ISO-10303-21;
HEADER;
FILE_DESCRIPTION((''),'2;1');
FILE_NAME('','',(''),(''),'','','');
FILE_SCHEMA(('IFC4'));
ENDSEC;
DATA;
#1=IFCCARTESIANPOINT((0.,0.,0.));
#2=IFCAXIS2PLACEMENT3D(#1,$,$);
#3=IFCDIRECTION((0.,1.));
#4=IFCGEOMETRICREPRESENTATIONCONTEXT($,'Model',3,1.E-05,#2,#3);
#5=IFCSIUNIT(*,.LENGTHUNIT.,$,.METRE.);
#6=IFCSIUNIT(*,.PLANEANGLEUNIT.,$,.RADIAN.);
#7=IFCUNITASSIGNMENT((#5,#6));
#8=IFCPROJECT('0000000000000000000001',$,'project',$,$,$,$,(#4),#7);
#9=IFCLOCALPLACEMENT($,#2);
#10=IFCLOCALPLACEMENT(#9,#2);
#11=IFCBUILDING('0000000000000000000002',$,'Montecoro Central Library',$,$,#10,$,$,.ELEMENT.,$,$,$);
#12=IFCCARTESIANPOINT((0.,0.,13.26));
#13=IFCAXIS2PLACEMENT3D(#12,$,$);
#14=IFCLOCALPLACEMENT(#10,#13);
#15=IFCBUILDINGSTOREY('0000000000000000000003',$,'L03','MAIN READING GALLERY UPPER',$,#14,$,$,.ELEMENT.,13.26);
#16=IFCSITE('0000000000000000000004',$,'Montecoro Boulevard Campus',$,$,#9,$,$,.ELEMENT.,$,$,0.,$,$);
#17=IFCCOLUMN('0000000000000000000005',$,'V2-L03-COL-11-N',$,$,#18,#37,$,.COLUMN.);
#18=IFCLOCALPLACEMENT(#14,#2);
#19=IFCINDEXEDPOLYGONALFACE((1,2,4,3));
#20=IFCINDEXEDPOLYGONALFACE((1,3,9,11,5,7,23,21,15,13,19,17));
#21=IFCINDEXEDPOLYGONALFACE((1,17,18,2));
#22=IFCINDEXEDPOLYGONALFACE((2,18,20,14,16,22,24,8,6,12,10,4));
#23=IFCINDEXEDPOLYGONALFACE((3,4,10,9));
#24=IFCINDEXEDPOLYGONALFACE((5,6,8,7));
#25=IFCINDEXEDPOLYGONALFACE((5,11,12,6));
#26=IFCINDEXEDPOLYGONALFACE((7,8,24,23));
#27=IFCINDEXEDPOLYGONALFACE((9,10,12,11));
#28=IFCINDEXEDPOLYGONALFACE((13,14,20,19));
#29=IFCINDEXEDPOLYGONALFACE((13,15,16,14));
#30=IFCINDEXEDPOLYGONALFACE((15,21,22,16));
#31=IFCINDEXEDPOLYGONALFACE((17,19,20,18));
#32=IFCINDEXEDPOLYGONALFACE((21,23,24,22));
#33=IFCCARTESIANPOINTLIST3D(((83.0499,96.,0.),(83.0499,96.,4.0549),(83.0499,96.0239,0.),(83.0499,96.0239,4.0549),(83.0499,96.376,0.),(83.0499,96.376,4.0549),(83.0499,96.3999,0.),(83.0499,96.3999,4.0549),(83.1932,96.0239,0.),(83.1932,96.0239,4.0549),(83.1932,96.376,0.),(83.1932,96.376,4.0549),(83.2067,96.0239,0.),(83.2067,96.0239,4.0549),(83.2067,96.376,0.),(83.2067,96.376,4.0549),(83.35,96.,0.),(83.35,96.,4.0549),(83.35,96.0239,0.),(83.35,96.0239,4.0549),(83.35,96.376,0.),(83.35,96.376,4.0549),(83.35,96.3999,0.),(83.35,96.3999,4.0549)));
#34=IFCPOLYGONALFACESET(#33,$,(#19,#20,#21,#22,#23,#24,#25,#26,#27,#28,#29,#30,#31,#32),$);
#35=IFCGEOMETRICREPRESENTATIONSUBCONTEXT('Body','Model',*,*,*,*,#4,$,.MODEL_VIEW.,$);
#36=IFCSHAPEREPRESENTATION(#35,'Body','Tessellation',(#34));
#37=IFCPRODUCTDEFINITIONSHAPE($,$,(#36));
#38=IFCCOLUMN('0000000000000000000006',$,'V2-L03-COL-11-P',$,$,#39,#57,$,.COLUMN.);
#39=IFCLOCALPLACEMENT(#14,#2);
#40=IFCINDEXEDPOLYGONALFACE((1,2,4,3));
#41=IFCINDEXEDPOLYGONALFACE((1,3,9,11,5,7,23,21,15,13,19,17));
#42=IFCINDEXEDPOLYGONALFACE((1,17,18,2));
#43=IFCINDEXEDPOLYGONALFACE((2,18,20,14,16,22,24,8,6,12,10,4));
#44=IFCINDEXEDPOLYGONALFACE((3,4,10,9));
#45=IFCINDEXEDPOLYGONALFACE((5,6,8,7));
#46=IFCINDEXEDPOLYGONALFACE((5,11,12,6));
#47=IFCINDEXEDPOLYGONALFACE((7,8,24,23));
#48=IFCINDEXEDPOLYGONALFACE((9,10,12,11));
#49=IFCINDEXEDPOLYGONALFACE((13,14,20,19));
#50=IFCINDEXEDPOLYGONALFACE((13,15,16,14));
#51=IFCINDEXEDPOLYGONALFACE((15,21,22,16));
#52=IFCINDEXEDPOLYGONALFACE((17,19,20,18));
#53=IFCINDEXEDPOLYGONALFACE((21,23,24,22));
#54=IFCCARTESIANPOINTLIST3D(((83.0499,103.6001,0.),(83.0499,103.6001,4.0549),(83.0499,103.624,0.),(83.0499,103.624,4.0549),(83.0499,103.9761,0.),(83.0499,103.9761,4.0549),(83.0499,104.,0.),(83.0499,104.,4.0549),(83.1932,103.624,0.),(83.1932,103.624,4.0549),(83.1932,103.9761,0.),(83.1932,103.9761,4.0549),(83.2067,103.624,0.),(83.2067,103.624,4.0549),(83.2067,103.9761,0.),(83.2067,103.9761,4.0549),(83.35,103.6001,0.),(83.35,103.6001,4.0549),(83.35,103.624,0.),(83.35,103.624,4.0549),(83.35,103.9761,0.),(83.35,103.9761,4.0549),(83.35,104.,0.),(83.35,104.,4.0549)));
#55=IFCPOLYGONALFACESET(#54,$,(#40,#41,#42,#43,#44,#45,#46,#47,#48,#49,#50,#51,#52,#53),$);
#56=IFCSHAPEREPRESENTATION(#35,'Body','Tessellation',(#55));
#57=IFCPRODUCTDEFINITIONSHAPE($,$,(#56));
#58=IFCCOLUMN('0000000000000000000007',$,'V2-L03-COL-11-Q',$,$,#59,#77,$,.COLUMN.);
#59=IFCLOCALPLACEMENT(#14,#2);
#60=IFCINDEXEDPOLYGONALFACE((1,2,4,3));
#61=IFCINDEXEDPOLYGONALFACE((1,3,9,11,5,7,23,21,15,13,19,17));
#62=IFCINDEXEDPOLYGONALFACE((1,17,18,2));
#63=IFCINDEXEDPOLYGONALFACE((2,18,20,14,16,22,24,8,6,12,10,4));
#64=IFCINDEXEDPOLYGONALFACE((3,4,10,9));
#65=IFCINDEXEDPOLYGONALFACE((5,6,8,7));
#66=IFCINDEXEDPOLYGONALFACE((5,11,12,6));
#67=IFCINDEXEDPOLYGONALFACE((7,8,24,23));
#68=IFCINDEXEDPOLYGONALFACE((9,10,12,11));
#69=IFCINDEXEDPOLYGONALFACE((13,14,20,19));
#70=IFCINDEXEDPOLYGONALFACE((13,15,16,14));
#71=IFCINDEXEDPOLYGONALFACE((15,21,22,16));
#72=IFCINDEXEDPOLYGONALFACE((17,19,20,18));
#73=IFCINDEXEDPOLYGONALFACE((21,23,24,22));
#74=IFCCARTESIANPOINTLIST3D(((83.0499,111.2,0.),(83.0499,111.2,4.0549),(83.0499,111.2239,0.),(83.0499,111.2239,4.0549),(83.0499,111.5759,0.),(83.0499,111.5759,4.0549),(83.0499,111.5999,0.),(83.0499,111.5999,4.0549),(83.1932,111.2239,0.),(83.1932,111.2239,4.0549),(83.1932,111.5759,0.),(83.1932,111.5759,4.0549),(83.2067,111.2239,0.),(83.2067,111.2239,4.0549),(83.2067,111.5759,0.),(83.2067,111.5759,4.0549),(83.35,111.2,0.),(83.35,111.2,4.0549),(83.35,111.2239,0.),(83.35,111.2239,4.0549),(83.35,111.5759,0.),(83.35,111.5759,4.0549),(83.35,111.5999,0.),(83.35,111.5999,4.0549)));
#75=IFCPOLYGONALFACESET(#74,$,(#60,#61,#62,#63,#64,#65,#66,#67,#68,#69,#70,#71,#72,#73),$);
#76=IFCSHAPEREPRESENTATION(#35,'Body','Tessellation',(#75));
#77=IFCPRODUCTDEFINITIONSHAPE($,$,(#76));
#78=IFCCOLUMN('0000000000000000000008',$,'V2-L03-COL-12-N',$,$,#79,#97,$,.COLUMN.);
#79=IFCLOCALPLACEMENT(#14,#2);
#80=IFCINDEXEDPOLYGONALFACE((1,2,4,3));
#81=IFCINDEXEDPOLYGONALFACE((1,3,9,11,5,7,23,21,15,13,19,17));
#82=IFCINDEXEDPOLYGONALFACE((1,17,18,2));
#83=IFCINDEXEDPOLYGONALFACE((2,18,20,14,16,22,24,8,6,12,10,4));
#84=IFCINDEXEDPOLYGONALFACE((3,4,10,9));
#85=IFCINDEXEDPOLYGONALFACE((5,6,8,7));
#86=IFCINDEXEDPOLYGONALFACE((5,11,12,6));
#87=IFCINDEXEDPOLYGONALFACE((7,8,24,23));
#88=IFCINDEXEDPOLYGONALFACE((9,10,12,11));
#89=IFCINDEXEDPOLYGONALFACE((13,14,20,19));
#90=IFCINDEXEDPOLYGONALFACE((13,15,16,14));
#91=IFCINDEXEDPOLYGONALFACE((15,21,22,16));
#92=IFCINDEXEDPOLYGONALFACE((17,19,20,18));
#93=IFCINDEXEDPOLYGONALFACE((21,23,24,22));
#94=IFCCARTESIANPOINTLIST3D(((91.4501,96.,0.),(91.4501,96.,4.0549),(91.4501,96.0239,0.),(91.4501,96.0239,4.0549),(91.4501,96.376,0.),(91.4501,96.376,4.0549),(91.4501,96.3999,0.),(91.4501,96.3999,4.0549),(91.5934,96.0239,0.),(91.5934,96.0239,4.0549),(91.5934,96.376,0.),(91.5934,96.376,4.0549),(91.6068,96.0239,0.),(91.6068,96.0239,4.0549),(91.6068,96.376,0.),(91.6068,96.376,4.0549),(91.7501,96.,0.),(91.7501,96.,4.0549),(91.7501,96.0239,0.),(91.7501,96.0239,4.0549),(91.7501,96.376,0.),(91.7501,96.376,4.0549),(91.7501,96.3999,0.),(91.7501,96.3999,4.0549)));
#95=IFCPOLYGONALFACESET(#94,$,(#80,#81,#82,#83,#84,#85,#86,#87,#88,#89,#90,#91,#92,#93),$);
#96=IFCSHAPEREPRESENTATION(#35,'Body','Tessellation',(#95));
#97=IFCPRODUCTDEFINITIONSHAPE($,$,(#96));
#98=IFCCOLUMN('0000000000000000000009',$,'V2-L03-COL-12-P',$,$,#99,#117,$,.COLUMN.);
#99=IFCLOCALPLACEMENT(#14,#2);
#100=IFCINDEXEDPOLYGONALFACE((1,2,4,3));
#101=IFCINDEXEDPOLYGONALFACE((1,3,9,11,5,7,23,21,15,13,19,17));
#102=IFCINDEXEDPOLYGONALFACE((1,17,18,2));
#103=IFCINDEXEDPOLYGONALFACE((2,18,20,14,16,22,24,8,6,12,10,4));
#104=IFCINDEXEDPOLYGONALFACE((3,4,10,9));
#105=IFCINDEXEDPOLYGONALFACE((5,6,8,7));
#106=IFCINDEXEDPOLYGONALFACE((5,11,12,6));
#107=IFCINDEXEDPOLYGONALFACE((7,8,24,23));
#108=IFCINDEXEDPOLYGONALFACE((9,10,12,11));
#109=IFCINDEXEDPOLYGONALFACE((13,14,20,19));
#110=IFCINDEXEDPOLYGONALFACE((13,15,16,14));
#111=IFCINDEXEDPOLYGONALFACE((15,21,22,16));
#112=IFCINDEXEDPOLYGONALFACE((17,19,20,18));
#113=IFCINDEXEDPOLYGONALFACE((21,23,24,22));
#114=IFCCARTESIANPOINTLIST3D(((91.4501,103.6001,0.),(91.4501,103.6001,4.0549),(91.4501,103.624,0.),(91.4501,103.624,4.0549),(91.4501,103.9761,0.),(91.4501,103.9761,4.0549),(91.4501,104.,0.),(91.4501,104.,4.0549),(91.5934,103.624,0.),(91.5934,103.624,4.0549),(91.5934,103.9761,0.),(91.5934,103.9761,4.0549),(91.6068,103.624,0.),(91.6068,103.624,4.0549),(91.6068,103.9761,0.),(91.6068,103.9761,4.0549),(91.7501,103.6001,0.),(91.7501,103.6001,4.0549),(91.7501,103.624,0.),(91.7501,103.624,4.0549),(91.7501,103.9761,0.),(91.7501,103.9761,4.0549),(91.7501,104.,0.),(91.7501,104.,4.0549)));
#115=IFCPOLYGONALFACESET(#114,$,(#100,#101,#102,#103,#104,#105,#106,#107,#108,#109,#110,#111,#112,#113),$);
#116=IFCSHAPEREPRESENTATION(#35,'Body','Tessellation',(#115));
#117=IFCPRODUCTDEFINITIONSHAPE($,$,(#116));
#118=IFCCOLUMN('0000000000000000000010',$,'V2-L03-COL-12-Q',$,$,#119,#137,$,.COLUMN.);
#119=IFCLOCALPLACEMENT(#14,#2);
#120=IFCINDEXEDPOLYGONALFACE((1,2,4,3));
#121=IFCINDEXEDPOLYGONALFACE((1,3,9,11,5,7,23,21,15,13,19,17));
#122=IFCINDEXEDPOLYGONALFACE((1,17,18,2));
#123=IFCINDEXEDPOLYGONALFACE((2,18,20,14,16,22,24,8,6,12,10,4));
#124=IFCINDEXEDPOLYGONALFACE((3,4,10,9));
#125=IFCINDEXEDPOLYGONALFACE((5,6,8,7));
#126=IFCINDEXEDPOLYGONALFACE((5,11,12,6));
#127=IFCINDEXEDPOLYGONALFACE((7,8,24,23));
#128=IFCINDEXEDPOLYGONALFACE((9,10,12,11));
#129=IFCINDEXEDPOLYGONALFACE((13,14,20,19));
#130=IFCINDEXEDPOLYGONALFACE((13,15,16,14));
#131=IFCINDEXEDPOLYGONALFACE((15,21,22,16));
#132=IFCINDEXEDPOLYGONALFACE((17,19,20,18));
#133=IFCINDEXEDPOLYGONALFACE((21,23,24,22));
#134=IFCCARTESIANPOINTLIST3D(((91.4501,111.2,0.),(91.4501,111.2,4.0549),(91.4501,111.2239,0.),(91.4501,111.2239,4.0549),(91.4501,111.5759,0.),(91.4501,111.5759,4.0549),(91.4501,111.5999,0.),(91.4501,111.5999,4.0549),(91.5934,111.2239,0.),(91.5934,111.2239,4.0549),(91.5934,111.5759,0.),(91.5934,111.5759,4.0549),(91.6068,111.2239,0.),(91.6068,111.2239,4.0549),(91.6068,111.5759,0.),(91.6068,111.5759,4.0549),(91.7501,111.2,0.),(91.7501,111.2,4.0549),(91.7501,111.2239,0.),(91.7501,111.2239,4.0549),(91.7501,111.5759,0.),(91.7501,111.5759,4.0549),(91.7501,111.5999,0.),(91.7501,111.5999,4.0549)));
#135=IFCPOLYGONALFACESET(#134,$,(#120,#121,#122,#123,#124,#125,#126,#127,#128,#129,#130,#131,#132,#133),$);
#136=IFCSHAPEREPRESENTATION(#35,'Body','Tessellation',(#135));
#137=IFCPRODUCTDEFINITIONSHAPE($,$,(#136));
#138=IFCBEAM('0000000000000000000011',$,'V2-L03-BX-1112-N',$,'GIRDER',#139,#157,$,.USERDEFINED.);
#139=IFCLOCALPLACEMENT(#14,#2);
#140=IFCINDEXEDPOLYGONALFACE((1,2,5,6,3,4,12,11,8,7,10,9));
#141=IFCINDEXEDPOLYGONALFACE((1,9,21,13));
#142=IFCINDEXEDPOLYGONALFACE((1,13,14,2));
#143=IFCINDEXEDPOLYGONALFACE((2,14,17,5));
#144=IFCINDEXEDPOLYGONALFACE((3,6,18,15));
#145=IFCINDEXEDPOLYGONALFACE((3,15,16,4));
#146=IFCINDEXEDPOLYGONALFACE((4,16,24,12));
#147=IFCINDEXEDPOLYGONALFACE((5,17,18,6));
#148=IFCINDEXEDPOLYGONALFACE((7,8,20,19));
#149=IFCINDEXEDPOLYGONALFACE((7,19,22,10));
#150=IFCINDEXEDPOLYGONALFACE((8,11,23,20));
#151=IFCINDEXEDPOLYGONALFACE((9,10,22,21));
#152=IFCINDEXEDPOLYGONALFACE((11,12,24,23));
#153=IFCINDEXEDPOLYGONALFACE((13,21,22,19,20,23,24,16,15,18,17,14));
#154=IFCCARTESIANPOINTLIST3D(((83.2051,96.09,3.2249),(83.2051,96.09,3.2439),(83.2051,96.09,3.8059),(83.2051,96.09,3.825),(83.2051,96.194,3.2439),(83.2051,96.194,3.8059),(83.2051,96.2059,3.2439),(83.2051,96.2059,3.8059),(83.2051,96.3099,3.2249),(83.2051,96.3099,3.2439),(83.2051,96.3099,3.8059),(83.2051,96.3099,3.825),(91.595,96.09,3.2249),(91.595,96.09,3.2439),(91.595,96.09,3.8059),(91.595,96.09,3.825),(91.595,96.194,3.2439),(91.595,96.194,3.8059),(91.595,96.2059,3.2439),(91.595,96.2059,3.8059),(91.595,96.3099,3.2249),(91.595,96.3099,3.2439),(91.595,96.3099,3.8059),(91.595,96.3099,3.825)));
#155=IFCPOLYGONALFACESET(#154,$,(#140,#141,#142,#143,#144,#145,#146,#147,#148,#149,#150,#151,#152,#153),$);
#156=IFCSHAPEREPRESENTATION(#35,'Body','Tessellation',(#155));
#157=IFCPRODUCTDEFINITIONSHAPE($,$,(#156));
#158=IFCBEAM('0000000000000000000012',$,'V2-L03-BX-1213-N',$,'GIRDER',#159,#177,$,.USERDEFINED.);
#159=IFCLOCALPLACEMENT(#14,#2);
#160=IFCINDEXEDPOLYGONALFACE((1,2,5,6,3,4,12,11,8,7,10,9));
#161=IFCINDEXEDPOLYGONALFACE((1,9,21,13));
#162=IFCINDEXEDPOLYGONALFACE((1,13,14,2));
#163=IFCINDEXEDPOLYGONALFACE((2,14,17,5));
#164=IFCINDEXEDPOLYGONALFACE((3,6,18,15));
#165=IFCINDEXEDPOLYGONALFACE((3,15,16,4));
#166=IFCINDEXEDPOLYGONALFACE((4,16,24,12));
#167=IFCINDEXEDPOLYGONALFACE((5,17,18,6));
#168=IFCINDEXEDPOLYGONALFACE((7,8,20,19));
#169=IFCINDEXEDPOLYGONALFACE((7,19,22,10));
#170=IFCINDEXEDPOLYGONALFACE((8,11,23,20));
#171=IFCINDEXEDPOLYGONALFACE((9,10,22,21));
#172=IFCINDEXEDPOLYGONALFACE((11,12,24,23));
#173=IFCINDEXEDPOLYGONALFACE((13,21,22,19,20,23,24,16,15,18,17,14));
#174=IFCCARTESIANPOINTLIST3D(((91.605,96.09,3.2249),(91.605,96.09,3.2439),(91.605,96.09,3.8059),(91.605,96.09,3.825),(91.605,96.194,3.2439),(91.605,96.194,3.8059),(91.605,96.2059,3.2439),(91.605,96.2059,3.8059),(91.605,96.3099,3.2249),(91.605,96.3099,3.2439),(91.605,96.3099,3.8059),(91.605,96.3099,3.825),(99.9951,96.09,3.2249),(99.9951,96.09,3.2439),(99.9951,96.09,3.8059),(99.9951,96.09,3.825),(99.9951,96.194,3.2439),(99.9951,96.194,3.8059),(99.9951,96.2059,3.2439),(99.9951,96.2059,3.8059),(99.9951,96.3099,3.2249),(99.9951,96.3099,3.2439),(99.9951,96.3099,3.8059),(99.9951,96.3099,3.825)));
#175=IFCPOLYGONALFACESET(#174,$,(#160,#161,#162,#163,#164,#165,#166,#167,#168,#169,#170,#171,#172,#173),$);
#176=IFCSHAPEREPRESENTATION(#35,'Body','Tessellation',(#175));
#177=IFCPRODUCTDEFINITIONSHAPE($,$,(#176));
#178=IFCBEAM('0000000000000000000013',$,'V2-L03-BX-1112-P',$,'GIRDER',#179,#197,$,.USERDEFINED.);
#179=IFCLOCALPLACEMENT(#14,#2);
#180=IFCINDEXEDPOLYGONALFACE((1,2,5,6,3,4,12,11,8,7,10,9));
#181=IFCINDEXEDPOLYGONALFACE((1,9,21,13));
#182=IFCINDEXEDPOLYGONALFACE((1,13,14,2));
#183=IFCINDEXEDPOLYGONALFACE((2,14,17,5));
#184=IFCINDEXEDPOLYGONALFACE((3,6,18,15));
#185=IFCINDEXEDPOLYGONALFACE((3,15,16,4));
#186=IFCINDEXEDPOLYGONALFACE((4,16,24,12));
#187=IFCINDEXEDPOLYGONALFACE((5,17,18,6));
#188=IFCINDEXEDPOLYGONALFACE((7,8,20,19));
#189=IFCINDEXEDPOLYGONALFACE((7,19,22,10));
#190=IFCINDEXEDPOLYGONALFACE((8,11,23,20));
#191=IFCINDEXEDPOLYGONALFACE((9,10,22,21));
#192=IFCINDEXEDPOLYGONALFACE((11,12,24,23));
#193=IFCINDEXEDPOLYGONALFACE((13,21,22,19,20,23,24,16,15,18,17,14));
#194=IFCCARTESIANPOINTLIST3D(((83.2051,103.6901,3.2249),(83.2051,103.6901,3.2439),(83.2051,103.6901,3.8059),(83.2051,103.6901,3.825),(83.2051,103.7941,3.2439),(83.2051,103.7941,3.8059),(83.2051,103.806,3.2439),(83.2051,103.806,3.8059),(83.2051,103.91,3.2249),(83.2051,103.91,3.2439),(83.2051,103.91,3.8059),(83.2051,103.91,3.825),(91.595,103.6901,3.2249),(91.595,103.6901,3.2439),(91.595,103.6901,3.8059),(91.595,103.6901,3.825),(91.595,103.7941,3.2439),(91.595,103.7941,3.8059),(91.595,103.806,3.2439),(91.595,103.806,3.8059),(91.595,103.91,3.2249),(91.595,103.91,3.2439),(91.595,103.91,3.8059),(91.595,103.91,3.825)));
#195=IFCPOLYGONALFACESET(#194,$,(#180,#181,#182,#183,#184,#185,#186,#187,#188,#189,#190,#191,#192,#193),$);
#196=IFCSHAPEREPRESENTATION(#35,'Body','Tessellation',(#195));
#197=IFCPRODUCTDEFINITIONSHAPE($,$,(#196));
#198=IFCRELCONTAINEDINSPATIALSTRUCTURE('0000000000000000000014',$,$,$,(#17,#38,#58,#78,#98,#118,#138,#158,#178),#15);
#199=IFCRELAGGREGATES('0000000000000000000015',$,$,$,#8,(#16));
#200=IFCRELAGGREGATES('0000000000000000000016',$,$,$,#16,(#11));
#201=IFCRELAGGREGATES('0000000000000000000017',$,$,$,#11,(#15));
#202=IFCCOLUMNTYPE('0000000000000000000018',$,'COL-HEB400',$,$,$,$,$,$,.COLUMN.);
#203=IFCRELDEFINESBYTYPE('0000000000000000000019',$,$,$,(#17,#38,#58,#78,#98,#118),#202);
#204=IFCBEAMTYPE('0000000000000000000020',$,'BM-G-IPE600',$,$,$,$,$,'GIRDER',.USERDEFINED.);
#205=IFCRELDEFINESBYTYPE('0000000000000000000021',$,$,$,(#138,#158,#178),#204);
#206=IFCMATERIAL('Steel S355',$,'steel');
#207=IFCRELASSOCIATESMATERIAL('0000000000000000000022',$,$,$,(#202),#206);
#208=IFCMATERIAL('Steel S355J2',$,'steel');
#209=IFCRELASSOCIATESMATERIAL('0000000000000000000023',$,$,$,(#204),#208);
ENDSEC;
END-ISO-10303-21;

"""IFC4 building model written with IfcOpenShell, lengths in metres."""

from ifc_helpers import new_model, si_unit, direction, frame, origin, origin_2d, place, context, subcontext, project, spatial, i_section, extrude, material, material_profile, profile_set, type_object, element, save


model = new_model("IFC4")

# Units and contexts
model_context = context("Model", 3, precision=1e-05, world=origin(), true_north=direction((0.0, 1.0)))
body_context = subcontext(model_context, "Body", "Model", "MODEL_VIEW")
ifc_project = project(units=[si_unit("LENGTHUNIT", "METRE"), si_unit("PLANEANGLEUNIT", "RADIAN")], contexts=[model_context])

# Site, building, storey
site_placement = place(None, origin())
site = spatial("IfcSite", under=ifc_project, at=site_placement, Name="Montecoro Boulevard Campus", CompositionType="ELEMENT", RefElevation=0.0)
building_placement = place(site_placement, origin())
building = spatial("IfcBuilding", under=site, at=building_placement, Name="Montecoro Central Library", CompositionType="ELEMENT")
storey_placement = place(building_placement, frame((0.0, 0.0, 13.26)))
storey = spatial("IfcBuildingStorey", under=building, at=storey_placement, Name="L03", Description="MAIN READING GALLERY UPPER", CompositionType="ELEMENT", Elevation=13.26)

# Columns
ifc_material_1 = material(Name="Steel S355", Category="steel")
ifc_material_profile_1 = material_profile(ifc_material_1, i_section(OverallWidth=0.3, OverallDepth=0.3999, WebThickness=0.0134, FlangeThickness=0.0239, at=origin_2d()), Name="HEB 400")
ifc_profile_set_1 = profile_set([ifc_material_profile_1], Name="Steel S355")
column_type = type_object("IfcColumnType", Name="COL-HEB400", PredefinedType="COLUMN", material=ifc_profile_set_1)
for number, where, z_axis, x_axis, name in (
    (1, (83.2, 96.2, 0.0), (0.0, 0.0, 1.0), (1.0, 0.0, 0.0), "V2-L03-COL-11-N"),
    (2, (83.2, 103.8, 0.0), (0.0, 0.0, 1.0), (1.0, 0.0, 0.0), "V2-L03-COL-11-P"),
    (3, (83.2, 111.3999, 0.0), (0.0, 0.0, 1.0), (1.0, 0.0, 0.0), "V2-L03-COL-11-Q"),
    (4, (91.6001, 96.2, 0.0), (0.0, 0.0, 1.0), (1.0, 0.0, 0.0), "V2-L03-COL-12-N"),
    (5, (91.6001, 103.8, 0.0), (0.0, 0.0, 1.0), (1.0, 0.0, 0.0), "V2-L03-COL-12-P"),
    (6, (91.6001, 111.3999, 0.0), (0.0, 0.0, 1.0), (1.0, 0.0, 0.0), "V2-L03-COL-12-Q"),
):
    element("IfcColumn", number, at=place(storey_placement, frame(where, z_axis=z_axis, x_axis=x_axis)), inside=storey, type_object=column_type, Name=name, PredefinedType="COLUMN", context=body_context, shape_type="SweptSolid", body=[
        extrude(i_section(OverallWidth=0.3, OverallDepth=0.3999, WebThickness=0.0134, FlangeThickness=0.0239, at=origin_2d()), origin(), (0.0, 0.0, 1.0), 4.0549),
    ])

# Beams
ifc_material_2 = material(Name="Steel S355J2", Category="steel")
ifc_material_profile_2 = material_profile(ifc_material_2, i_section(OverallWidth=0.22, OverallDepth=0.6001, WebThickness=0.012, FlangeThickness=0.019, at=origin_2d()), Name="IPE 600")
ifc_profile_set_2 = profile_set([ifc_material_profile_2], Name="Steel S355J2")
beam_type_1 = type_object("IfcBeamType", Name="BM-G-IPE600", ElementType="GIRDER", PredefinedType="USERDEFINED", material=ifc_profile_set_2)
beam_1_placement = place(storey_placement, frame((83.2051, 96.2, 3.5249), z_axis=(1.0, 0.0, 0.0), x_axis=(0.0, 1.0, 0.0)))
element("IfcBeam", 7, at=beam_1_placement, inside=storey, type_object=beam_type_1, Name="V2-L03-BX-1112-N", ObjectType="GIRDER", PredefinedType="USERDEFINED", context=body_context, shape_type="SweptSolid", body=[
    extrude(i_section(OverallWidth=0.22, OverallDepth=0.6001, WebThickness=0.012, FlangeThickness=0.019, at=origin_2d()), origin(), (0.0, 0.0, 1.0), 8.3899),
])
beam_2_placement = place(storey_placement, frame((91.605, 96.2, 3.5249), z_axis=(1.0, 0.0, 0.0), x_axis=(0.0, 1.0, 0.0)))
element("IfcBeam", 8, at=beam_2_placement, inside=storey, type_object=beam_type_1, Name="V2-L03-BX-1213-N", ObjectType="GIRDER", PredefinedType="USERDEFINED", context=body_context, shape_type="SweptSolid", body=[
    extrude(i_section(OverallWidth=0.22, OverallDepth=0.6001, WebThickness=0.012, FlangeThickness=0.019, at=origin_2d()), origin(), (0.0, 0.0, 1.0), 8.3901),
])
beam_3_placement = place(storey_placement, frame((83.2051, 103.8, 3.5249), z_axis=(1.0, 0.0, 0.0), x_axis=(0.0, 1.0, 0.0)))
element("IfcBeam", 9, at=beam_3_placement, inside=storey, type_object=beam_type_1, Name="V2-L03-BX-1112-P", ObjectType="GIRDER", PredefinedType="USERDEFINED", context=body_context, shape_type="SweptSolid", body=[
    extrude(i_section(OverallWidth=0.22, OverallDepth=0.6001, WebThickness=0.012, FlangeThickness=0.019, at=origin_2d()), origin(), (0.0, 0.0, 1.0), 8.3899),
])

save(model, "model.ifc")
